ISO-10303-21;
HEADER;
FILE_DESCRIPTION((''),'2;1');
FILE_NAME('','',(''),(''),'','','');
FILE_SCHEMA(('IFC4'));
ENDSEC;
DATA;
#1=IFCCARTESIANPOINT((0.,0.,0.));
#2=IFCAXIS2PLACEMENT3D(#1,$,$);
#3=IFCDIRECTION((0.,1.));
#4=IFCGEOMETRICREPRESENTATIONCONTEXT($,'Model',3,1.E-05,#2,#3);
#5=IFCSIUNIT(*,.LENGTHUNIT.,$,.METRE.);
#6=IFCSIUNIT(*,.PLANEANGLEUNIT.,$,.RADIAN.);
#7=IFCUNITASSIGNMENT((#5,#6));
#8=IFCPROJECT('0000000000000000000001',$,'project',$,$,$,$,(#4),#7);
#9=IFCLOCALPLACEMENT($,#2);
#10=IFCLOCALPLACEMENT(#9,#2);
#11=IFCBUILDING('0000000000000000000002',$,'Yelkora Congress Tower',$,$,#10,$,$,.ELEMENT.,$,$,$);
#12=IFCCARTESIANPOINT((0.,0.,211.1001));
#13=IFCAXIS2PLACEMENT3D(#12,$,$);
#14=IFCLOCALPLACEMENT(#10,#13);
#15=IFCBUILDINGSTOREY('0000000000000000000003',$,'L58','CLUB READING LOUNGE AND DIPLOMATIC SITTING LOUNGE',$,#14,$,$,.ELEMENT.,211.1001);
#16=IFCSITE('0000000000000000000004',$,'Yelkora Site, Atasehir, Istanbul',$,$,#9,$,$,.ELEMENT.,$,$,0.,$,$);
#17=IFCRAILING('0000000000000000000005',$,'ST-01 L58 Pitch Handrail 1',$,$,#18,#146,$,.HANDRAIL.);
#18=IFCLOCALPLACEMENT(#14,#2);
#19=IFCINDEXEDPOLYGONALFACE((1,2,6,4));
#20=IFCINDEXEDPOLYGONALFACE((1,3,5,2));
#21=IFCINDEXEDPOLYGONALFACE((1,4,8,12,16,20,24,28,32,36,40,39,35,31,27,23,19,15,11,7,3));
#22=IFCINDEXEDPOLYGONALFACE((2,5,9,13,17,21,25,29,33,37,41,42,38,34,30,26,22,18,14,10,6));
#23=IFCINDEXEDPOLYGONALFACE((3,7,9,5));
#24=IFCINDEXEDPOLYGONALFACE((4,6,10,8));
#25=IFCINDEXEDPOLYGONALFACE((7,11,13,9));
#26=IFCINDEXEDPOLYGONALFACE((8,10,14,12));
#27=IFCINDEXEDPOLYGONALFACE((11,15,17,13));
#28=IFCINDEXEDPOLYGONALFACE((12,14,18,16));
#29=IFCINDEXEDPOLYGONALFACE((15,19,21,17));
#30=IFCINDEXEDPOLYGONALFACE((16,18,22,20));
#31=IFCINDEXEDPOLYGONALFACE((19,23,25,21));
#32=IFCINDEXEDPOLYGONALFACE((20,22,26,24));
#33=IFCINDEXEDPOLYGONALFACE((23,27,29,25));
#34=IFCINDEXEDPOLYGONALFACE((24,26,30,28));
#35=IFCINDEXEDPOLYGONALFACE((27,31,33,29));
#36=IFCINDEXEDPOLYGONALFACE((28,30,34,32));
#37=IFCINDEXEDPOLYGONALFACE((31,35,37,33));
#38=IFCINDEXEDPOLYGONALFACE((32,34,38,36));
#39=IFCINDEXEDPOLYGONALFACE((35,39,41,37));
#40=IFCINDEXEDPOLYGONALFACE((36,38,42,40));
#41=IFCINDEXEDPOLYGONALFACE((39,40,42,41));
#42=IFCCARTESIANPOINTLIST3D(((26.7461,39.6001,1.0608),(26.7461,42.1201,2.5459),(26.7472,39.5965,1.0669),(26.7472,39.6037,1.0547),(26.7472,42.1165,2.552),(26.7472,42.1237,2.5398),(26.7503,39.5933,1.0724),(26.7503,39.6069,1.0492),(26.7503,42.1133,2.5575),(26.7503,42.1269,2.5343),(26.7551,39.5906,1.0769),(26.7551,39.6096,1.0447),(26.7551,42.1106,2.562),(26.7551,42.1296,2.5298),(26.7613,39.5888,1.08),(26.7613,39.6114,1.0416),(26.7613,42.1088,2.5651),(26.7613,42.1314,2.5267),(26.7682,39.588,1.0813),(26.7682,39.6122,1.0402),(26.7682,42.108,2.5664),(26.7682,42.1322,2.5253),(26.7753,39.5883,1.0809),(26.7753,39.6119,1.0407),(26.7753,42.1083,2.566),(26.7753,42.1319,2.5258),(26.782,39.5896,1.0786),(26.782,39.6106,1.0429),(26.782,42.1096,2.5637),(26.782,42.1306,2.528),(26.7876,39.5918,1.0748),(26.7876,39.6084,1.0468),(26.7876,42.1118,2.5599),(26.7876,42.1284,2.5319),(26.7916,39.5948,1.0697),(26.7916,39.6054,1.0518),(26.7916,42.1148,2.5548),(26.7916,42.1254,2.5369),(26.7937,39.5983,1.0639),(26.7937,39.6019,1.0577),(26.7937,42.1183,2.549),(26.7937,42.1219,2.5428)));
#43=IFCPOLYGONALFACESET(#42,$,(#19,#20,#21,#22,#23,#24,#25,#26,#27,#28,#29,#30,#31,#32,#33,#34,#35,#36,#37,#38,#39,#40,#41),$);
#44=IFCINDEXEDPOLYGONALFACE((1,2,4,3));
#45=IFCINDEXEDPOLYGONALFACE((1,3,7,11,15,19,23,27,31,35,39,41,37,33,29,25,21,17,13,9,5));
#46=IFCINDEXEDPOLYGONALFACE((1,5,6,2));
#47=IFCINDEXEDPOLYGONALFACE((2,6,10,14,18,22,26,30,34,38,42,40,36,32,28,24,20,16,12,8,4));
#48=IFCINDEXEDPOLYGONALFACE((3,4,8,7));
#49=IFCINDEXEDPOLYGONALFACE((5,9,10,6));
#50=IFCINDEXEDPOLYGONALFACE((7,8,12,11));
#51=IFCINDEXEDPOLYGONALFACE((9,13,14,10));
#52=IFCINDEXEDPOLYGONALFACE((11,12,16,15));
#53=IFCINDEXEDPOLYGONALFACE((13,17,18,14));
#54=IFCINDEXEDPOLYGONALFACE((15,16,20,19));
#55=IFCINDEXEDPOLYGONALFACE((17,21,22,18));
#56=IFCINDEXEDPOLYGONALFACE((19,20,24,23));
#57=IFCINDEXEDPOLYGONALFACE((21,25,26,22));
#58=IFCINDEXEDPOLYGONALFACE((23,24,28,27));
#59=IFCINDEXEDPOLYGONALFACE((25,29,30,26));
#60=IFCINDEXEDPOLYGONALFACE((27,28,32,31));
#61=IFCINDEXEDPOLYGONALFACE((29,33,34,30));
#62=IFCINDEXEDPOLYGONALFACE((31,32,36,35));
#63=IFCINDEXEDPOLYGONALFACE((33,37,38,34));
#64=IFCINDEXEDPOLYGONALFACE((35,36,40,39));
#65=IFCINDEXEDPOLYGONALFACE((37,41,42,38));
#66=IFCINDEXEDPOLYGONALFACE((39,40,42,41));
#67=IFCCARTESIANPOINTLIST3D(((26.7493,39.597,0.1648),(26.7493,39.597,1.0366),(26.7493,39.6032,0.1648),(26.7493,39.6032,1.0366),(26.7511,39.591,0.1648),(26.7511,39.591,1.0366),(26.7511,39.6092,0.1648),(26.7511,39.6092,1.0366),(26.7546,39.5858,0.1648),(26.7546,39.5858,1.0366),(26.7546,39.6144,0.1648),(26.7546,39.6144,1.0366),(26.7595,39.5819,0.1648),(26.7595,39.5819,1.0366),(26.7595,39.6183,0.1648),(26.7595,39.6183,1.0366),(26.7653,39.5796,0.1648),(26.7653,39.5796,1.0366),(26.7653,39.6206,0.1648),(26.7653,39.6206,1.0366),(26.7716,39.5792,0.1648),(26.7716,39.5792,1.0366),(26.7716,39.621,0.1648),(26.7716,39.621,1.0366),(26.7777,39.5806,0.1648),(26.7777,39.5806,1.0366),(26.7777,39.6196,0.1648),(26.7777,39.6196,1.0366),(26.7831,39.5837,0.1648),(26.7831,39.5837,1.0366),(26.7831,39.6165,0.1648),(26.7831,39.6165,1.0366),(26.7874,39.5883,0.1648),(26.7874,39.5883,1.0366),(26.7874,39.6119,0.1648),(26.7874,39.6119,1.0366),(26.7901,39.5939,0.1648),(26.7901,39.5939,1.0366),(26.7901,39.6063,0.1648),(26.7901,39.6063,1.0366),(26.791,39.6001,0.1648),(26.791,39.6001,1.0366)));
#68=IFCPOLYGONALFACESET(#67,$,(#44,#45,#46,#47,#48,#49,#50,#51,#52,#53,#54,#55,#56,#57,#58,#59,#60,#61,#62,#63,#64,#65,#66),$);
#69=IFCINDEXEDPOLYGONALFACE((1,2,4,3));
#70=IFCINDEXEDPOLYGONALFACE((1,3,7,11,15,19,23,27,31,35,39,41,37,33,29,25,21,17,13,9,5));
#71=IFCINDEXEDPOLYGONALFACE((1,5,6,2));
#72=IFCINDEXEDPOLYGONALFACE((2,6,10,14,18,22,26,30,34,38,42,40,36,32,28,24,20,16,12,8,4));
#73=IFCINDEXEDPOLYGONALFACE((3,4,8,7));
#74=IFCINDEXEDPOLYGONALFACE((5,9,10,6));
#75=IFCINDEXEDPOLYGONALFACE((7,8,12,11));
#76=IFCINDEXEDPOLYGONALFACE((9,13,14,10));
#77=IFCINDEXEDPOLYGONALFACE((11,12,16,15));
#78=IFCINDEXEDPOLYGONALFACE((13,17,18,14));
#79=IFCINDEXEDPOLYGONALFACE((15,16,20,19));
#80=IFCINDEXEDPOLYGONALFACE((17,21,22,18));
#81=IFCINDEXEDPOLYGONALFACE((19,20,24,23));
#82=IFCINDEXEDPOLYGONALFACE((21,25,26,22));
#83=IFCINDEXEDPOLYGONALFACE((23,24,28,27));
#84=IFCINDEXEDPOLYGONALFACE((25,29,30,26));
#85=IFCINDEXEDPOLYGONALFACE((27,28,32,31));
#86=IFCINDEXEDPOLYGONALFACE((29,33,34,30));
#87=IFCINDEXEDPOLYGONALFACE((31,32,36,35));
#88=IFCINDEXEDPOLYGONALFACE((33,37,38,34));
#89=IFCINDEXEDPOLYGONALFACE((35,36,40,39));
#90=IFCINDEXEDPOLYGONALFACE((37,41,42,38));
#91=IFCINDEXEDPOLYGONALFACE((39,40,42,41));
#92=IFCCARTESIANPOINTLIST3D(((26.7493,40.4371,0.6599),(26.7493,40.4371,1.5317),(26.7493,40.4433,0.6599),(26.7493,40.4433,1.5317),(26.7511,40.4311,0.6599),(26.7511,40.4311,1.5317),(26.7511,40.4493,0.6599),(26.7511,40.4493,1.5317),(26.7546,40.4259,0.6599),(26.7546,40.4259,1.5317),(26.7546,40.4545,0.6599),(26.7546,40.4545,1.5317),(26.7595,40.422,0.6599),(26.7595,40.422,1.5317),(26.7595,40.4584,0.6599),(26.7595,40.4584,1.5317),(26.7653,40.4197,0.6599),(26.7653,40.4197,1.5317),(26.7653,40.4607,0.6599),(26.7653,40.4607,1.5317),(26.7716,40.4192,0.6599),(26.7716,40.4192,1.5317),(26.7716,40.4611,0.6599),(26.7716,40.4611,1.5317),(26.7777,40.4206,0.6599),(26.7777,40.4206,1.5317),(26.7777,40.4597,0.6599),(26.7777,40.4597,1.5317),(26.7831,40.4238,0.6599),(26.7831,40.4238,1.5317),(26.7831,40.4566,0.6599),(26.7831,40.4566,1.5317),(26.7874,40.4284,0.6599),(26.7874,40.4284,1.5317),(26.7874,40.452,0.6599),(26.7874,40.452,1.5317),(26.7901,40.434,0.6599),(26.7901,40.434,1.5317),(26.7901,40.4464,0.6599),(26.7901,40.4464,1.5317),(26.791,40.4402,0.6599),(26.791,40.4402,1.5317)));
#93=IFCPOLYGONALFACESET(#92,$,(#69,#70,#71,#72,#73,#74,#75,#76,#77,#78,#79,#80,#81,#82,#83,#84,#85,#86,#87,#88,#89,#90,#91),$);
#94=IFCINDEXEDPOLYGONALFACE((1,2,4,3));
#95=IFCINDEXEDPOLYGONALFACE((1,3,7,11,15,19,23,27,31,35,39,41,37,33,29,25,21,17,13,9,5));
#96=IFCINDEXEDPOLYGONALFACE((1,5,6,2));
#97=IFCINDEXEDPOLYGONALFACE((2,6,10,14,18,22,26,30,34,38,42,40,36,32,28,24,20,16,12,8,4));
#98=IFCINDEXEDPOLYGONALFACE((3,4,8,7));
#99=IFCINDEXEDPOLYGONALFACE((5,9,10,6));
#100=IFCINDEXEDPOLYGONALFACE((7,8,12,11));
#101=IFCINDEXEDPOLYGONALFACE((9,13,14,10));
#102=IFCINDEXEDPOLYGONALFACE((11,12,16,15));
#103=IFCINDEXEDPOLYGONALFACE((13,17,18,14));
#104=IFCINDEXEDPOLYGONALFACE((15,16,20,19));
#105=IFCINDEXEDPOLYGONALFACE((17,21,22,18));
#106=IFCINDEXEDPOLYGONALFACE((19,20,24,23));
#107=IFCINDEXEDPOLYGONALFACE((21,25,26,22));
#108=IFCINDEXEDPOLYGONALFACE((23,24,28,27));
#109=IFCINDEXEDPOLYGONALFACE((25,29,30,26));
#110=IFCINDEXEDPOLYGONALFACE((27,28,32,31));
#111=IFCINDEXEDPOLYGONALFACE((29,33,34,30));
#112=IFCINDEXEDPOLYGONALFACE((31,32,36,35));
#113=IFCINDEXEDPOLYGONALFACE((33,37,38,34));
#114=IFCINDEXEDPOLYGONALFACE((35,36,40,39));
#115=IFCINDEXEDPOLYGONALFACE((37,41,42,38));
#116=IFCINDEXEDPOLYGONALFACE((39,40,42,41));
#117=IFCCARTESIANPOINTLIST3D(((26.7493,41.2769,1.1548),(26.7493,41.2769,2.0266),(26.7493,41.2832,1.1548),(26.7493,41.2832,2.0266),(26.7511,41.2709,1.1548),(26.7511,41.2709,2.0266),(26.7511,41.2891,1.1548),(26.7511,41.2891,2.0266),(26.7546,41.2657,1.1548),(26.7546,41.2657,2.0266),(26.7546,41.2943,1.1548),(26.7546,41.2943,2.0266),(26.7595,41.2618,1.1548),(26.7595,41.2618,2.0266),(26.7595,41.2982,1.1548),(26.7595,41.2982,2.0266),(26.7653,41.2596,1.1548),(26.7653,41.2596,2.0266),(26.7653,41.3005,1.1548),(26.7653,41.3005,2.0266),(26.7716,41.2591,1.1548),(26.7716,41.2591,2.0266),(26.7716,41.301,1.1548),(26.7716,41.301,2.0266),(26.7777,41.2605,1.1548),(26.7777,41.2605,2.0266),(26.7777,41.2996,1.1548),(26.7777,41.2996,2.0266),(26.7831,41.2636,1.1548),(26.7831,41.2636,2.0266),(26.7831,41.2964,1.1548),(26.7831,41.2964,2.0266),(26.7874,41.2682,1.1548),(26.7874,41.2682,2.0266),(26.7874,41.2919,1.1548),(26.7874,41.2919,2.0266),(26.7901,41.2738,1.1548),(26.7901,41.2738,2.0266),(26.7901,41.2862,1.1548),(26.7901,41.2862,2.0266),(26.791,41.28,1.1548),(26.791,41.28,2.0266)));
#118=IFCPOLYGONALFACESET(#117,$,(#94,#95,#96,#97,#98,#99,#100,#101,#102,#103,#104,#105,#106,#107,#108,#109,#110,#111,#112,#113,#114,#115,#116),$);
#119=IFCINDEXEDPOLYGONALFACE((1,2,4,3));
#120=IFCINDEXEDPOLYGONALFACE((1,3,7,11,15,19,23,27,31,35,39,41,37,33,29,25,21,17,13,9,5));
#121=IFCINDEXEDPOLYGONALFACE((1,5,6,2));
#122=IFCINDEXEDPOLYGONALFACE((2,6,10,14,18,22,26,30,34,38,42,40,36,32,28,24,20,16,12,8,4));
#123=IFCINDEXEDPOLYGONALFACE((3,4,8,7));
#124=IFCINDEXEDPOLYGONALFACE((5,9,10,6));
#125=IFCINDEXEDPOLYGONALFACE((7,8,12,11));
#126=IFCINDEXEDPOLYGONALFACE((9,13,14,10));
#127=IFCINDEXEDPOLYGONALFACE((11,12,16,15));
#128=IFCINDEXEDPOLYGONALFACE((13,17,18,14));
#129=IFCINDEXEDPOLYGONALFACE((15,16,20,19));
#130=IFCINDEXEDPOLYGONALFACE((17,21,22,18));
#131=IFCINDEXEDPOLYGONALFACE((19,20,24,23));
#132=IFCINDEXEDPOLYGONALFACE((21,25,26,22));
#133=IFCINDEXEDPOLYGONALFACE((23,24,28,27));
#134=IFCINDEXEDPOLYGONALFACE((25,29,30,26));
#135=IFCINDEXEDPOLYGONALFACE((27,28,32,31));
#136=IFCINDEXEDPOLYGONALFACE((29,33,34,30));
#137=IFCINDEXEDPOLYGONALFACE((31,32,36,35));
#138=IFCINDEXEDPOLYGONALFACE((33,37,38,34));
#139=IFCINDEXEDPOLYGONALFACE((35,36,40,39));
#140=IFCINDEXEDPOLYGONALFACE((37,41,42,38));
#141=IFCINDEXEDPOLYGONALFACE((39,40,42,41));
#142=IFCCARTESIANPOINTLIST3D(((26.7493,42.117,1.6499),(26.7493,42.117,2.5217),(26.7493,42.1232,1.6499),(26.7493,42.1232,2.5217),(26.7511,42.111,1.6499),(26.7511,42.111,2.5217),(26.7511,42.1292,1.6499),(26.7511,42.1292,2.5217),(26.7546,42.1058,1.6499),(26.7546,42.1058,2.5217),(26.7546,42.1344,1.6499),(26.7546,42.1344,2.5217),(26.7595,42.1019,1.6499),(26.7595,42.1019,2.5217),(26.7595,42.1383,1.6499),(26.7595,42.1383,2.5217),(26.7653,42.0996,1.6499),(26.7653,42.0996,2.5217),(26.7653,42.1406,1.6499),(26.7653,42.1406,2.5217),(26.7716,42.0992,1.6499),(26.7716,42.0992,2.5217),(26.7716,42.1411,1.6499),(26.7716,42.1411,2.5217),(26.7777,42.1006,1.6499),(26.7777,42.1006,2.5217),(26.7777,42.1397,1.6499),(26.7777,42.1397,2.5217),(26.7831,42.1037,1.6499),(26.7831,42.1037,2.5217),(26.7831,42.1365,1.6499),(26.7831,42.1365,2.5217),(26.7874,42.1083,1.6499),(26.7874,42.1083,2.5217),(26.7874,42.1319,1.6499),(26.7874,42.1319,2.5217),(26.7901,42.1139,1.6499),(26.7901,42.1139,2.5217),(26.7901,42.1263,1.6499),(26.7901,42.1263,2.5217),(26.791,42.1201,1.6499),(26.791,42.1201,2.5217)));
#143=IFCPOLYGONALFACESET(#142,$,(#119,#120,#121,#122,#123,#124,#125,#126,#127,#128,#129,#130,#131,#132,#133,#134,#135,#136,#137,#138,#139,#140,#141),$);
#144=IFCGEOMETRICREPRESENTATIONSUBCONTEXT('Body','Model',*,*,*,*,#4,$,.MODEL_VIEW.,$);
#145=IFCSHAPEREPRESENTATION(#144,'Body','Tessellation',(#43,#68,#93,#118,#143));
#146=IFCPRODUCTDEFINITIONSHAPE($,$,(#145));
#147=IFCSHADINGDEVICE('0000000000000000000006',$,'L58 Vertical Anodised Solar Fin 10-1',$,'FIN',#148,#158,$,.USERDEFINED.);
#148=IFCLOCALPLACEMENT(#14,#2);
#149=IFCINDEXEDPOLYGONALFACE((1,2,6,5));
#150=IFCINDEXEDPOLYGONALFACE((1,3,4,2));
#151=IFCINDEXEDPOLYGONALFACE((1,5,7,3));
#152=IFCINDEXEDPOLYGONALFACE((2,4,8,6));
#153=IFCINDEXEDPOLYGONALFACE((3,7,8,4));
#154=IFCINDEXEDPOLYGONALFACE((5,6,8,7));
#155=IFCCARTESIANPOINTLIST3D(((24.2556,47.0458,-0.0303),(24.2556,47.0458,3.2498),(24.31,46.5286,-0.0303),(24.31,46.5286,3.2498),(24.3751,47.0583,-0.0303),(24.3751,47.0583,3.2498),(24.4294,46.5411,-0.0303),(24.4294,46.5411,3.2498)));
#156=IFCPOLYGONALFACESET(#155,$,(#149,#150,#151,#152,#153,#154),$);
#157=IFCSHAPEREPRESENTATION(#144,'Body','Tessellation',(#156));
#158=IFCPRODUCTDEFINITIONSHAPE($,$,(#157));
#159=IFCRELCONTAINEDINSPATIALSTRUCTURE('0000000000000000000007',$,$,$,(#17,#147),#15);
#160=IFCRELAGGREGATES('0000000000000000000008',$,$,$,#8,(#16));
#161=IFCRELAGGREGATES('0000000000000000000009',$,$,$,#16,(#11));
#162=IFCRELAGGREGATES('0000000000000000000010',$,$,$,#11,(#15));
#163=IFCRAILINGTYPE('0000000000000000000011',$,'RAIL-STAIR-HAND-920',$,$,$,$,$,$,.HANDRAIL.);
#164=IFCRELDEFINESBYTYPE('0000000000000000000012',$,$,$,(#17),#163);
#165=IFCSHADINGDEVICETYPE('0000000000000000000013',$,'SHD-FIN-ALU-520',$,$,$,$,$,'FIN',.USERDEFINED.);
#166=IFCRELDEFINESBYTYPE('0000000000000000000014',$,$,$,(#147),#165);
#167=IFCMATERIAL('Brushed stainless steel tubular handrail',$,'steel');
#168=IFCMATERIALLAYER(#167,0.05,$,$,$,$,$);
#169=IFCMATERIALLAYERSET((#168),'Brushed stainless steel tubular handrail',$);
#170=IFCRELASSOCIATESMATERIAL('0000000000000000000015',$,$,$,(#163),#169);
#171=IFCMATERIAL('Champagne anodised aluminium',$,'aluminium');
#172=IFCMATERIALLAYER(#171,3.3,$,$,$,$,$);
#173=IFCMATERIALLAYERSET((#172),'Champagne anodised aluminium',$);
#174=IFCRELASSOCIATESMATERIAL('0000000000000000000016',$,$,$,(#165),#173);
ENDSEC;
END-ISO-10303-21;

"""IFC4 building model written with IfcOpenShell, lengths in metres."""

from ifc_helpers import new_model, si_unit, direction, frame, origin, origin_2d, place, context, subcontext, project, spatial, rectangle, circle, extrude, material, layer, layer_set, type_object, element, save


model = new_model("IFC4")

# Units and contexts
model_context = context("Model", 3, precision=1e-05, world=origin(), true_north=direction((0.0, 1.0)))
body_context = subcontext(model_context, "Body", "Model", "MODEL_VIEW")
ifc_project = project(units=[si_unit("LENGTHUNIT", "METRE"), si_unit("PLANEANGLEUNIT", "RADIAN")], contexts=[model_context])

# Site, building, storey
site_placement = place(None, origin())
site = spatial("IfcSite", under=ifc_project, at=site_placement, Name="Yelkora Site, Atasehir, Istanbul", CompositionType="ELEMENT", RefElevation=0.0)
building_placement = place(site_placement, origin())
building = spatial("IfcBuilding", under=site, at=building_placement, Name="Yelkora Congress Tower", CompositionType="ELEMENT")
storey_placement = place(building_placement, frame((0.0, 0.0, 211.1001)))
storey = spatial("IfcBuildingStorey", under=building, at=storey_placement, Name="L58", Description="CLUB READING LOUNGE AND DIPLOMATIC SITTING LOUNGE", CompositionType="ELEMENT", Elevation=211.1001)

# Railing
ifc_material_1 = material(Name="Brushed stainless steel tubular handrail", Category="steel")
ifc_layer_1 = layer(ifc_material_1, 0.05)
ifc_layer_set_1 = layer_set([ifc_layer_1], Name="Brushed stainless steel tubular handrail")
railing_type_1 = type_object("IfcRailingType", Name="RAIL-STAIR-HAND-920", PredefinedType="HANDRAIL", material=ifc_layer_set_1)
railing_1_placement = place(storey_placement, frame((26.77, 39.6001, 0.1648)))
element("IfcRailing", 1, at=railing_1_placement, inside=storey, type_object=railing_type_1, Name="ST-01 L58 Pitch Handrail 1", PredefinedType="HANDRAIL", context=body_context, shape_type="SweptSolid", body=[
    extrude(circle(Radius=0.0239, at=origin_2d()), frame((0.0, 0.0, 0.896), z_axis=(0.0, 0.861524, 0.507717), x_axis=(-1.0, 0.0, 0.0)), (0.0, 0.0, 1.0), 2.925),
    extrude(circle(Radius=0.021, at=origin_2d()), origin(), (0.0, 0.0, 1.0), 0.8718),
    extrude(circle(Radius=0.021, at=origin_2d()), frame((0.0, 0.8401, 0.4951)), (0.0, 0.0, 1.0), 0.8718),
    extrude(circle(Radius=0.021, at=origin_2d()), frame((0.0, 1.6799, 0.99)), (0.0, 0.0, 1.0), 0.8718),
    extrude(circle(Radius=0.021, at=origin_2d()), frame((0.0, 2.52, 1.4851)), (0.0, 0.0, 1.0), 0.8718),
])

# Shading device
ifc_material_2 = material(Name="Champagne anodised aluminium", Category="aluminium")
ifc_layer_2 = layer(ifc_material_2, 3.3)
ifc_layer_set_2 = layer_set([ifc_layer_2], Name="Champagne anodised aluminium")
shading_device_type = type_object("IfcShadingDeviceType", Name="SHD-FIN-ALU-520", ElementType="FIN", PredefinedType="USERDEFINED", material=ifc_layer_set_2)
shading_device_placement = place(storey_placement, frame((24.3425, 46.7935, -0.0303), z_axis=(0.0, 0.0, 1.0), x_axis=(0.994522, 0.104528, 0.0)))
element("IfcShadingDevice", 2, at=shading_device_placement, inside=storey, type_object=shading_device_type, Name="L58 Vertical Anodised Solar Fin 10-1", ObjectType="FIN", PredefinedType="USERDEFINED", context=body_context, shape_type="SweptSolid", body=[
    extrude(rectangle(XDim=0.1201, YDim=0.52, at=origin_2d()), origin(), (0.0, 0.0, 1.0), 3.28),
])

save(model, "model.ifc")
